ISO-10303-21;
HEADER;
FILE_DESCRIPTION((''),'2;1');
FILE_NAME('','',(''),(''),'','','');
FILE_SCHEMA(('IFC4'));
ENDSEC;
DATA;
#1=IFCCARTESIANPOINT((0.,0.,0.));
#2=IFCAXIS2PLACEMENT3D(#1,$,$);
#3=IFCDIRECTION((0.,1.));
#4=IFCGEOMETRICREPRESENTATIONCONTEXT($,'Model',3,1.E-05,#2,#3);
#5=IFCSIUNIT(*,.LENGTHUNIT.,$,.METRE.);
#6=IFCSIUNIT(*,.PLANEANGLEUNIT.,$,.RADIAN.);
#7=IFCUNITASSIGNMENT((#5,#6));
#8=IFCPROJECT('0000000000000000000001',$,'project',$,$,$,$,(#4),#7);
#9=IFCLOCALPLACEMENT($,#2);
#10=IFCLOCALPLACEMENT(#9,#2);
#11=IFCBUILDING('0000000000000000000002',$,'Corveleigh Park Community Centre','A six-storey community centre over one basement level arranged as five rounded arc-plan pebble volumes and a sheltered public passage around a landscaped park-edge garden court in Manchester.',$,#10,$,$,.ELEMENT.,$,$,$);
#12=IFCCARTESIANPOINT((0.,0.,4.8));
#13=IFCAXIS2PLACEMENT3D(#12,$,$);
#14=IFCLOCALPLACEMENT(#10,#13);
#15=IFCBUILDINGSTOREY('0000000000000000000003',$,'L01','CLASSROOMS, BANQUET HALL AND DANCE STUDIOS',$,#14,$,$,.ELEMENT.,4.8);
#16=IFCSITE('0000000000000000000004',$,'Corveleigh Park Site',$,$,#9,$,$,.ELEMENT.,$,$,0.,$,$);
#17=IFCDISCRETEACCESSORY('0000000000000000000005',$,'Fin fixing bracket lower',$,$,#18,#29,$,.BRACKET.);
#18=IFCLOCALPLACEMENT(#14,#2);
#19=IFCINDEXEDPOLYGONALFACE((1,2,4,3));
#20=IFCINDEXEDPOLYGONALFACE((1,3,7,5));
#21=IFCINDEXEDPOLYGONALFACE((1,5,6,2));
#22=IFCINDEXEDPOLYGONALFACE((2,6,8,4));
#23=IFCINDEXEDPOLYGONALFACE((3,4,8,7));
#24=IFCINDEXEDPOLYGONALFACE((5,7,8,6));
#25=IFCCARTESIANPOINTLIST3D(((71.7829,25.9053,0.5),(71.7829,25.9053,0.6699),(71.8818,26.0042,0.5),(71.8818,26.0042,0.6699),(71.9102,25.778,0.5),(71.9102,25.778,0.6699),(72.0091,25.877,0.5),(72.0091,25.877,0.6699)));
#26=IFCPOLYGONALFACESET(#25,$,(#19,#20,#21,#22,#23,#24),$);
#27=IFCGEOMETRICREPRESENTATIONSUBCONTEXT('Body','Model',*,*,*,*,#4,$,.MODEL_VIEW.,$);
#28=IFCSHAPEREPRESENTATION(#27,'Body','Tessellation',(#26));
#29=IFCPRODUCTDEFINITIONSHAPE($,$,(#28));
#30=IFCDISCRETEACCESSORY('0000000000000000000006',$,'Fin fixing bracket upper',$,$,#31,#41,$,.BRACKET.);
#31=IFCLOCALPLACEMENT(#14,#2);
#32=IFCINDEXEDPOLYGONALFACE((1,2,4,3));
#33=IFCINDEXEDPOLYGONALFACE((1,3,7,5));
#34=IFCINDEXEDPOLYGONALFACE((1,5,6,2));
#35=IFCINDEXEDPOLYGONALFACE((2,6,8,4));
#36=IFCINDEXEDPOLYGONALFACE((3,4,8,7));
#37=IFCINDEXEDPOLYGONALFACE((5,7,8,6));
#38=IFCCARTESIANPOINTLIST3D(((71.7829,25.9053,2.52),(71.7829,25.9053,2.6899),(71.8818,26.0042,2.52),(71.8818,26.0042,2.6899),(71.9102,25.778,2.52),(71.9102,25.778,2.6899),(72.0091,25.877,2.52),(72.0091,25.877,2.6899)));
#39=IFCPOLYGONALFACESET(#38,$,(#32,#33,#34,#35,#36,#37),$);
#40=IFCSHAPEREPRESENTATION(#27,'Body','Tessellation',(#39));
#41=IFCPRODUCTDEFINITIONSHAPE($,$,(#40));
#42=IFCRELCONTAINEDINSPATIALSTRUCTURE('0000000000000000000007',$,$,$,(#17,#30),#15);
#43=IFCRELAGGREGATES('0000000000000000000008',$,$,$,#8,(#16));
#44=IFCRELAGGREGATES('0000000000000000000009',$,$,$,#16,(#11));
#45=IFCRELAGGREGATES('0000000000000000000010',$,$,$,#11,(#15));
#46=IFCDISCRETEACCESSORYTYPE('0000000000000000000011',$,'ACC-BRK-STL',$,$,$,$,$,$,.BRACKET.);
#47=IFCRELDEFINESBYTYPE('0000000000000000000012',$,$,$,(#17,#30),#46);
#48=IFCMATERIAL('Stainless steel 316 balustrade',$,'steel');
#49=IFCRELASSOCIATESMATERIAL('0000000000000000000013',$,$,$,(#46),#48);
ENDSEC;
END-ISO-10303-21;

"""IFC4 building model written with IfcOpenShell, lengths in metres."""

from ifc_helpers import new_model, si_unit, direction, frame, origin, origin_2d, place, context, subcontext, project, spatial, rectangle, extrude, material, type_object, element, save


model = new_model("IFC4")

# Units and contexts
model_context = context("Model", 3, precision=1e-05, world=origin(), true_north=direction((0.0, 1.0)))
body_context = subcontext(model_context, "Body", "Model", "MODEL_VIEW")
ifc_project = project(units=[si_unit("LENGTHUNIT", "METRE"), si_unit("PLANEANGLEUNIT", "RADIAN")], contexts=[model_context])

# Site, building, storey
site_placement = place(None, origin())
site = spatial("IfcSite", under=ifc_project, at=site_placement, Name="Corveleigh Park Site", CompositionType="ELEMENT", RefElevation=0.0)
building_placement = place(site_placement, origin())
building = spatial("IfcBuilding", under=site, at=building_placement, Name="Corveleigh Park Community Centre", Description="A six-storey community centre over one basement level arranged as five rounded arc-plan pebble volumes and a sheltered public passage around a landscaped park-edge garden court in Manchester.", CompositionType="ELEMENT")
storey_placement = place(building_placement, frame((0.0, 0.0, 4.8)))
storey = spatial("IfcBuildingStorey", under=building, at=storey_placement, Name="L01", Description="CLASSROOMS, BANQUET HALL AND DANCE STUDIOS", CompositionType="ELEMENT", Elevation=4.8)

# Discrete accessories
ifc_material_1 = material(Name="Stainless steel 316 balustrade", Category="steel")
discrete_accessory_type = type_object("IfcDiscreteAccessoryType", Name="ACC-BRK-STL", PredefinedType="BRACKET", material=ifc_material_1)
for number, where, z_axis, x_axis, name in (
    (1, (71.896, 25.8911, 0.5), (0.0, 0.0, 1.0), (-0.707107, 0.707107, 0.0), "Fin fixing bracket lower"),
    (2, (71.896, 25.8911, 2.52), (0.0, 0.0, 1.0), (-0.707107, 0.707107, 0.0), "Fin fixing bracket upper"),
):
    element("IfcDiscreteAccessory", number, at=place(storey_placement, frame(where, z_axis=z_axis, x_axis=x_axis)), inside=storey, type_object=discrete_accessory_type, Name=name, PredefinedType="BRACKET", context=body_context, shape_type="SweptSolid", body=[
        extrude(rectangle(XDim=0.1799, YDim=0.1399, at=origin_2d()), origin(), (0.0, 0.0, 1.0), 0.1699),
    ])

save(model, "model.ifc")
